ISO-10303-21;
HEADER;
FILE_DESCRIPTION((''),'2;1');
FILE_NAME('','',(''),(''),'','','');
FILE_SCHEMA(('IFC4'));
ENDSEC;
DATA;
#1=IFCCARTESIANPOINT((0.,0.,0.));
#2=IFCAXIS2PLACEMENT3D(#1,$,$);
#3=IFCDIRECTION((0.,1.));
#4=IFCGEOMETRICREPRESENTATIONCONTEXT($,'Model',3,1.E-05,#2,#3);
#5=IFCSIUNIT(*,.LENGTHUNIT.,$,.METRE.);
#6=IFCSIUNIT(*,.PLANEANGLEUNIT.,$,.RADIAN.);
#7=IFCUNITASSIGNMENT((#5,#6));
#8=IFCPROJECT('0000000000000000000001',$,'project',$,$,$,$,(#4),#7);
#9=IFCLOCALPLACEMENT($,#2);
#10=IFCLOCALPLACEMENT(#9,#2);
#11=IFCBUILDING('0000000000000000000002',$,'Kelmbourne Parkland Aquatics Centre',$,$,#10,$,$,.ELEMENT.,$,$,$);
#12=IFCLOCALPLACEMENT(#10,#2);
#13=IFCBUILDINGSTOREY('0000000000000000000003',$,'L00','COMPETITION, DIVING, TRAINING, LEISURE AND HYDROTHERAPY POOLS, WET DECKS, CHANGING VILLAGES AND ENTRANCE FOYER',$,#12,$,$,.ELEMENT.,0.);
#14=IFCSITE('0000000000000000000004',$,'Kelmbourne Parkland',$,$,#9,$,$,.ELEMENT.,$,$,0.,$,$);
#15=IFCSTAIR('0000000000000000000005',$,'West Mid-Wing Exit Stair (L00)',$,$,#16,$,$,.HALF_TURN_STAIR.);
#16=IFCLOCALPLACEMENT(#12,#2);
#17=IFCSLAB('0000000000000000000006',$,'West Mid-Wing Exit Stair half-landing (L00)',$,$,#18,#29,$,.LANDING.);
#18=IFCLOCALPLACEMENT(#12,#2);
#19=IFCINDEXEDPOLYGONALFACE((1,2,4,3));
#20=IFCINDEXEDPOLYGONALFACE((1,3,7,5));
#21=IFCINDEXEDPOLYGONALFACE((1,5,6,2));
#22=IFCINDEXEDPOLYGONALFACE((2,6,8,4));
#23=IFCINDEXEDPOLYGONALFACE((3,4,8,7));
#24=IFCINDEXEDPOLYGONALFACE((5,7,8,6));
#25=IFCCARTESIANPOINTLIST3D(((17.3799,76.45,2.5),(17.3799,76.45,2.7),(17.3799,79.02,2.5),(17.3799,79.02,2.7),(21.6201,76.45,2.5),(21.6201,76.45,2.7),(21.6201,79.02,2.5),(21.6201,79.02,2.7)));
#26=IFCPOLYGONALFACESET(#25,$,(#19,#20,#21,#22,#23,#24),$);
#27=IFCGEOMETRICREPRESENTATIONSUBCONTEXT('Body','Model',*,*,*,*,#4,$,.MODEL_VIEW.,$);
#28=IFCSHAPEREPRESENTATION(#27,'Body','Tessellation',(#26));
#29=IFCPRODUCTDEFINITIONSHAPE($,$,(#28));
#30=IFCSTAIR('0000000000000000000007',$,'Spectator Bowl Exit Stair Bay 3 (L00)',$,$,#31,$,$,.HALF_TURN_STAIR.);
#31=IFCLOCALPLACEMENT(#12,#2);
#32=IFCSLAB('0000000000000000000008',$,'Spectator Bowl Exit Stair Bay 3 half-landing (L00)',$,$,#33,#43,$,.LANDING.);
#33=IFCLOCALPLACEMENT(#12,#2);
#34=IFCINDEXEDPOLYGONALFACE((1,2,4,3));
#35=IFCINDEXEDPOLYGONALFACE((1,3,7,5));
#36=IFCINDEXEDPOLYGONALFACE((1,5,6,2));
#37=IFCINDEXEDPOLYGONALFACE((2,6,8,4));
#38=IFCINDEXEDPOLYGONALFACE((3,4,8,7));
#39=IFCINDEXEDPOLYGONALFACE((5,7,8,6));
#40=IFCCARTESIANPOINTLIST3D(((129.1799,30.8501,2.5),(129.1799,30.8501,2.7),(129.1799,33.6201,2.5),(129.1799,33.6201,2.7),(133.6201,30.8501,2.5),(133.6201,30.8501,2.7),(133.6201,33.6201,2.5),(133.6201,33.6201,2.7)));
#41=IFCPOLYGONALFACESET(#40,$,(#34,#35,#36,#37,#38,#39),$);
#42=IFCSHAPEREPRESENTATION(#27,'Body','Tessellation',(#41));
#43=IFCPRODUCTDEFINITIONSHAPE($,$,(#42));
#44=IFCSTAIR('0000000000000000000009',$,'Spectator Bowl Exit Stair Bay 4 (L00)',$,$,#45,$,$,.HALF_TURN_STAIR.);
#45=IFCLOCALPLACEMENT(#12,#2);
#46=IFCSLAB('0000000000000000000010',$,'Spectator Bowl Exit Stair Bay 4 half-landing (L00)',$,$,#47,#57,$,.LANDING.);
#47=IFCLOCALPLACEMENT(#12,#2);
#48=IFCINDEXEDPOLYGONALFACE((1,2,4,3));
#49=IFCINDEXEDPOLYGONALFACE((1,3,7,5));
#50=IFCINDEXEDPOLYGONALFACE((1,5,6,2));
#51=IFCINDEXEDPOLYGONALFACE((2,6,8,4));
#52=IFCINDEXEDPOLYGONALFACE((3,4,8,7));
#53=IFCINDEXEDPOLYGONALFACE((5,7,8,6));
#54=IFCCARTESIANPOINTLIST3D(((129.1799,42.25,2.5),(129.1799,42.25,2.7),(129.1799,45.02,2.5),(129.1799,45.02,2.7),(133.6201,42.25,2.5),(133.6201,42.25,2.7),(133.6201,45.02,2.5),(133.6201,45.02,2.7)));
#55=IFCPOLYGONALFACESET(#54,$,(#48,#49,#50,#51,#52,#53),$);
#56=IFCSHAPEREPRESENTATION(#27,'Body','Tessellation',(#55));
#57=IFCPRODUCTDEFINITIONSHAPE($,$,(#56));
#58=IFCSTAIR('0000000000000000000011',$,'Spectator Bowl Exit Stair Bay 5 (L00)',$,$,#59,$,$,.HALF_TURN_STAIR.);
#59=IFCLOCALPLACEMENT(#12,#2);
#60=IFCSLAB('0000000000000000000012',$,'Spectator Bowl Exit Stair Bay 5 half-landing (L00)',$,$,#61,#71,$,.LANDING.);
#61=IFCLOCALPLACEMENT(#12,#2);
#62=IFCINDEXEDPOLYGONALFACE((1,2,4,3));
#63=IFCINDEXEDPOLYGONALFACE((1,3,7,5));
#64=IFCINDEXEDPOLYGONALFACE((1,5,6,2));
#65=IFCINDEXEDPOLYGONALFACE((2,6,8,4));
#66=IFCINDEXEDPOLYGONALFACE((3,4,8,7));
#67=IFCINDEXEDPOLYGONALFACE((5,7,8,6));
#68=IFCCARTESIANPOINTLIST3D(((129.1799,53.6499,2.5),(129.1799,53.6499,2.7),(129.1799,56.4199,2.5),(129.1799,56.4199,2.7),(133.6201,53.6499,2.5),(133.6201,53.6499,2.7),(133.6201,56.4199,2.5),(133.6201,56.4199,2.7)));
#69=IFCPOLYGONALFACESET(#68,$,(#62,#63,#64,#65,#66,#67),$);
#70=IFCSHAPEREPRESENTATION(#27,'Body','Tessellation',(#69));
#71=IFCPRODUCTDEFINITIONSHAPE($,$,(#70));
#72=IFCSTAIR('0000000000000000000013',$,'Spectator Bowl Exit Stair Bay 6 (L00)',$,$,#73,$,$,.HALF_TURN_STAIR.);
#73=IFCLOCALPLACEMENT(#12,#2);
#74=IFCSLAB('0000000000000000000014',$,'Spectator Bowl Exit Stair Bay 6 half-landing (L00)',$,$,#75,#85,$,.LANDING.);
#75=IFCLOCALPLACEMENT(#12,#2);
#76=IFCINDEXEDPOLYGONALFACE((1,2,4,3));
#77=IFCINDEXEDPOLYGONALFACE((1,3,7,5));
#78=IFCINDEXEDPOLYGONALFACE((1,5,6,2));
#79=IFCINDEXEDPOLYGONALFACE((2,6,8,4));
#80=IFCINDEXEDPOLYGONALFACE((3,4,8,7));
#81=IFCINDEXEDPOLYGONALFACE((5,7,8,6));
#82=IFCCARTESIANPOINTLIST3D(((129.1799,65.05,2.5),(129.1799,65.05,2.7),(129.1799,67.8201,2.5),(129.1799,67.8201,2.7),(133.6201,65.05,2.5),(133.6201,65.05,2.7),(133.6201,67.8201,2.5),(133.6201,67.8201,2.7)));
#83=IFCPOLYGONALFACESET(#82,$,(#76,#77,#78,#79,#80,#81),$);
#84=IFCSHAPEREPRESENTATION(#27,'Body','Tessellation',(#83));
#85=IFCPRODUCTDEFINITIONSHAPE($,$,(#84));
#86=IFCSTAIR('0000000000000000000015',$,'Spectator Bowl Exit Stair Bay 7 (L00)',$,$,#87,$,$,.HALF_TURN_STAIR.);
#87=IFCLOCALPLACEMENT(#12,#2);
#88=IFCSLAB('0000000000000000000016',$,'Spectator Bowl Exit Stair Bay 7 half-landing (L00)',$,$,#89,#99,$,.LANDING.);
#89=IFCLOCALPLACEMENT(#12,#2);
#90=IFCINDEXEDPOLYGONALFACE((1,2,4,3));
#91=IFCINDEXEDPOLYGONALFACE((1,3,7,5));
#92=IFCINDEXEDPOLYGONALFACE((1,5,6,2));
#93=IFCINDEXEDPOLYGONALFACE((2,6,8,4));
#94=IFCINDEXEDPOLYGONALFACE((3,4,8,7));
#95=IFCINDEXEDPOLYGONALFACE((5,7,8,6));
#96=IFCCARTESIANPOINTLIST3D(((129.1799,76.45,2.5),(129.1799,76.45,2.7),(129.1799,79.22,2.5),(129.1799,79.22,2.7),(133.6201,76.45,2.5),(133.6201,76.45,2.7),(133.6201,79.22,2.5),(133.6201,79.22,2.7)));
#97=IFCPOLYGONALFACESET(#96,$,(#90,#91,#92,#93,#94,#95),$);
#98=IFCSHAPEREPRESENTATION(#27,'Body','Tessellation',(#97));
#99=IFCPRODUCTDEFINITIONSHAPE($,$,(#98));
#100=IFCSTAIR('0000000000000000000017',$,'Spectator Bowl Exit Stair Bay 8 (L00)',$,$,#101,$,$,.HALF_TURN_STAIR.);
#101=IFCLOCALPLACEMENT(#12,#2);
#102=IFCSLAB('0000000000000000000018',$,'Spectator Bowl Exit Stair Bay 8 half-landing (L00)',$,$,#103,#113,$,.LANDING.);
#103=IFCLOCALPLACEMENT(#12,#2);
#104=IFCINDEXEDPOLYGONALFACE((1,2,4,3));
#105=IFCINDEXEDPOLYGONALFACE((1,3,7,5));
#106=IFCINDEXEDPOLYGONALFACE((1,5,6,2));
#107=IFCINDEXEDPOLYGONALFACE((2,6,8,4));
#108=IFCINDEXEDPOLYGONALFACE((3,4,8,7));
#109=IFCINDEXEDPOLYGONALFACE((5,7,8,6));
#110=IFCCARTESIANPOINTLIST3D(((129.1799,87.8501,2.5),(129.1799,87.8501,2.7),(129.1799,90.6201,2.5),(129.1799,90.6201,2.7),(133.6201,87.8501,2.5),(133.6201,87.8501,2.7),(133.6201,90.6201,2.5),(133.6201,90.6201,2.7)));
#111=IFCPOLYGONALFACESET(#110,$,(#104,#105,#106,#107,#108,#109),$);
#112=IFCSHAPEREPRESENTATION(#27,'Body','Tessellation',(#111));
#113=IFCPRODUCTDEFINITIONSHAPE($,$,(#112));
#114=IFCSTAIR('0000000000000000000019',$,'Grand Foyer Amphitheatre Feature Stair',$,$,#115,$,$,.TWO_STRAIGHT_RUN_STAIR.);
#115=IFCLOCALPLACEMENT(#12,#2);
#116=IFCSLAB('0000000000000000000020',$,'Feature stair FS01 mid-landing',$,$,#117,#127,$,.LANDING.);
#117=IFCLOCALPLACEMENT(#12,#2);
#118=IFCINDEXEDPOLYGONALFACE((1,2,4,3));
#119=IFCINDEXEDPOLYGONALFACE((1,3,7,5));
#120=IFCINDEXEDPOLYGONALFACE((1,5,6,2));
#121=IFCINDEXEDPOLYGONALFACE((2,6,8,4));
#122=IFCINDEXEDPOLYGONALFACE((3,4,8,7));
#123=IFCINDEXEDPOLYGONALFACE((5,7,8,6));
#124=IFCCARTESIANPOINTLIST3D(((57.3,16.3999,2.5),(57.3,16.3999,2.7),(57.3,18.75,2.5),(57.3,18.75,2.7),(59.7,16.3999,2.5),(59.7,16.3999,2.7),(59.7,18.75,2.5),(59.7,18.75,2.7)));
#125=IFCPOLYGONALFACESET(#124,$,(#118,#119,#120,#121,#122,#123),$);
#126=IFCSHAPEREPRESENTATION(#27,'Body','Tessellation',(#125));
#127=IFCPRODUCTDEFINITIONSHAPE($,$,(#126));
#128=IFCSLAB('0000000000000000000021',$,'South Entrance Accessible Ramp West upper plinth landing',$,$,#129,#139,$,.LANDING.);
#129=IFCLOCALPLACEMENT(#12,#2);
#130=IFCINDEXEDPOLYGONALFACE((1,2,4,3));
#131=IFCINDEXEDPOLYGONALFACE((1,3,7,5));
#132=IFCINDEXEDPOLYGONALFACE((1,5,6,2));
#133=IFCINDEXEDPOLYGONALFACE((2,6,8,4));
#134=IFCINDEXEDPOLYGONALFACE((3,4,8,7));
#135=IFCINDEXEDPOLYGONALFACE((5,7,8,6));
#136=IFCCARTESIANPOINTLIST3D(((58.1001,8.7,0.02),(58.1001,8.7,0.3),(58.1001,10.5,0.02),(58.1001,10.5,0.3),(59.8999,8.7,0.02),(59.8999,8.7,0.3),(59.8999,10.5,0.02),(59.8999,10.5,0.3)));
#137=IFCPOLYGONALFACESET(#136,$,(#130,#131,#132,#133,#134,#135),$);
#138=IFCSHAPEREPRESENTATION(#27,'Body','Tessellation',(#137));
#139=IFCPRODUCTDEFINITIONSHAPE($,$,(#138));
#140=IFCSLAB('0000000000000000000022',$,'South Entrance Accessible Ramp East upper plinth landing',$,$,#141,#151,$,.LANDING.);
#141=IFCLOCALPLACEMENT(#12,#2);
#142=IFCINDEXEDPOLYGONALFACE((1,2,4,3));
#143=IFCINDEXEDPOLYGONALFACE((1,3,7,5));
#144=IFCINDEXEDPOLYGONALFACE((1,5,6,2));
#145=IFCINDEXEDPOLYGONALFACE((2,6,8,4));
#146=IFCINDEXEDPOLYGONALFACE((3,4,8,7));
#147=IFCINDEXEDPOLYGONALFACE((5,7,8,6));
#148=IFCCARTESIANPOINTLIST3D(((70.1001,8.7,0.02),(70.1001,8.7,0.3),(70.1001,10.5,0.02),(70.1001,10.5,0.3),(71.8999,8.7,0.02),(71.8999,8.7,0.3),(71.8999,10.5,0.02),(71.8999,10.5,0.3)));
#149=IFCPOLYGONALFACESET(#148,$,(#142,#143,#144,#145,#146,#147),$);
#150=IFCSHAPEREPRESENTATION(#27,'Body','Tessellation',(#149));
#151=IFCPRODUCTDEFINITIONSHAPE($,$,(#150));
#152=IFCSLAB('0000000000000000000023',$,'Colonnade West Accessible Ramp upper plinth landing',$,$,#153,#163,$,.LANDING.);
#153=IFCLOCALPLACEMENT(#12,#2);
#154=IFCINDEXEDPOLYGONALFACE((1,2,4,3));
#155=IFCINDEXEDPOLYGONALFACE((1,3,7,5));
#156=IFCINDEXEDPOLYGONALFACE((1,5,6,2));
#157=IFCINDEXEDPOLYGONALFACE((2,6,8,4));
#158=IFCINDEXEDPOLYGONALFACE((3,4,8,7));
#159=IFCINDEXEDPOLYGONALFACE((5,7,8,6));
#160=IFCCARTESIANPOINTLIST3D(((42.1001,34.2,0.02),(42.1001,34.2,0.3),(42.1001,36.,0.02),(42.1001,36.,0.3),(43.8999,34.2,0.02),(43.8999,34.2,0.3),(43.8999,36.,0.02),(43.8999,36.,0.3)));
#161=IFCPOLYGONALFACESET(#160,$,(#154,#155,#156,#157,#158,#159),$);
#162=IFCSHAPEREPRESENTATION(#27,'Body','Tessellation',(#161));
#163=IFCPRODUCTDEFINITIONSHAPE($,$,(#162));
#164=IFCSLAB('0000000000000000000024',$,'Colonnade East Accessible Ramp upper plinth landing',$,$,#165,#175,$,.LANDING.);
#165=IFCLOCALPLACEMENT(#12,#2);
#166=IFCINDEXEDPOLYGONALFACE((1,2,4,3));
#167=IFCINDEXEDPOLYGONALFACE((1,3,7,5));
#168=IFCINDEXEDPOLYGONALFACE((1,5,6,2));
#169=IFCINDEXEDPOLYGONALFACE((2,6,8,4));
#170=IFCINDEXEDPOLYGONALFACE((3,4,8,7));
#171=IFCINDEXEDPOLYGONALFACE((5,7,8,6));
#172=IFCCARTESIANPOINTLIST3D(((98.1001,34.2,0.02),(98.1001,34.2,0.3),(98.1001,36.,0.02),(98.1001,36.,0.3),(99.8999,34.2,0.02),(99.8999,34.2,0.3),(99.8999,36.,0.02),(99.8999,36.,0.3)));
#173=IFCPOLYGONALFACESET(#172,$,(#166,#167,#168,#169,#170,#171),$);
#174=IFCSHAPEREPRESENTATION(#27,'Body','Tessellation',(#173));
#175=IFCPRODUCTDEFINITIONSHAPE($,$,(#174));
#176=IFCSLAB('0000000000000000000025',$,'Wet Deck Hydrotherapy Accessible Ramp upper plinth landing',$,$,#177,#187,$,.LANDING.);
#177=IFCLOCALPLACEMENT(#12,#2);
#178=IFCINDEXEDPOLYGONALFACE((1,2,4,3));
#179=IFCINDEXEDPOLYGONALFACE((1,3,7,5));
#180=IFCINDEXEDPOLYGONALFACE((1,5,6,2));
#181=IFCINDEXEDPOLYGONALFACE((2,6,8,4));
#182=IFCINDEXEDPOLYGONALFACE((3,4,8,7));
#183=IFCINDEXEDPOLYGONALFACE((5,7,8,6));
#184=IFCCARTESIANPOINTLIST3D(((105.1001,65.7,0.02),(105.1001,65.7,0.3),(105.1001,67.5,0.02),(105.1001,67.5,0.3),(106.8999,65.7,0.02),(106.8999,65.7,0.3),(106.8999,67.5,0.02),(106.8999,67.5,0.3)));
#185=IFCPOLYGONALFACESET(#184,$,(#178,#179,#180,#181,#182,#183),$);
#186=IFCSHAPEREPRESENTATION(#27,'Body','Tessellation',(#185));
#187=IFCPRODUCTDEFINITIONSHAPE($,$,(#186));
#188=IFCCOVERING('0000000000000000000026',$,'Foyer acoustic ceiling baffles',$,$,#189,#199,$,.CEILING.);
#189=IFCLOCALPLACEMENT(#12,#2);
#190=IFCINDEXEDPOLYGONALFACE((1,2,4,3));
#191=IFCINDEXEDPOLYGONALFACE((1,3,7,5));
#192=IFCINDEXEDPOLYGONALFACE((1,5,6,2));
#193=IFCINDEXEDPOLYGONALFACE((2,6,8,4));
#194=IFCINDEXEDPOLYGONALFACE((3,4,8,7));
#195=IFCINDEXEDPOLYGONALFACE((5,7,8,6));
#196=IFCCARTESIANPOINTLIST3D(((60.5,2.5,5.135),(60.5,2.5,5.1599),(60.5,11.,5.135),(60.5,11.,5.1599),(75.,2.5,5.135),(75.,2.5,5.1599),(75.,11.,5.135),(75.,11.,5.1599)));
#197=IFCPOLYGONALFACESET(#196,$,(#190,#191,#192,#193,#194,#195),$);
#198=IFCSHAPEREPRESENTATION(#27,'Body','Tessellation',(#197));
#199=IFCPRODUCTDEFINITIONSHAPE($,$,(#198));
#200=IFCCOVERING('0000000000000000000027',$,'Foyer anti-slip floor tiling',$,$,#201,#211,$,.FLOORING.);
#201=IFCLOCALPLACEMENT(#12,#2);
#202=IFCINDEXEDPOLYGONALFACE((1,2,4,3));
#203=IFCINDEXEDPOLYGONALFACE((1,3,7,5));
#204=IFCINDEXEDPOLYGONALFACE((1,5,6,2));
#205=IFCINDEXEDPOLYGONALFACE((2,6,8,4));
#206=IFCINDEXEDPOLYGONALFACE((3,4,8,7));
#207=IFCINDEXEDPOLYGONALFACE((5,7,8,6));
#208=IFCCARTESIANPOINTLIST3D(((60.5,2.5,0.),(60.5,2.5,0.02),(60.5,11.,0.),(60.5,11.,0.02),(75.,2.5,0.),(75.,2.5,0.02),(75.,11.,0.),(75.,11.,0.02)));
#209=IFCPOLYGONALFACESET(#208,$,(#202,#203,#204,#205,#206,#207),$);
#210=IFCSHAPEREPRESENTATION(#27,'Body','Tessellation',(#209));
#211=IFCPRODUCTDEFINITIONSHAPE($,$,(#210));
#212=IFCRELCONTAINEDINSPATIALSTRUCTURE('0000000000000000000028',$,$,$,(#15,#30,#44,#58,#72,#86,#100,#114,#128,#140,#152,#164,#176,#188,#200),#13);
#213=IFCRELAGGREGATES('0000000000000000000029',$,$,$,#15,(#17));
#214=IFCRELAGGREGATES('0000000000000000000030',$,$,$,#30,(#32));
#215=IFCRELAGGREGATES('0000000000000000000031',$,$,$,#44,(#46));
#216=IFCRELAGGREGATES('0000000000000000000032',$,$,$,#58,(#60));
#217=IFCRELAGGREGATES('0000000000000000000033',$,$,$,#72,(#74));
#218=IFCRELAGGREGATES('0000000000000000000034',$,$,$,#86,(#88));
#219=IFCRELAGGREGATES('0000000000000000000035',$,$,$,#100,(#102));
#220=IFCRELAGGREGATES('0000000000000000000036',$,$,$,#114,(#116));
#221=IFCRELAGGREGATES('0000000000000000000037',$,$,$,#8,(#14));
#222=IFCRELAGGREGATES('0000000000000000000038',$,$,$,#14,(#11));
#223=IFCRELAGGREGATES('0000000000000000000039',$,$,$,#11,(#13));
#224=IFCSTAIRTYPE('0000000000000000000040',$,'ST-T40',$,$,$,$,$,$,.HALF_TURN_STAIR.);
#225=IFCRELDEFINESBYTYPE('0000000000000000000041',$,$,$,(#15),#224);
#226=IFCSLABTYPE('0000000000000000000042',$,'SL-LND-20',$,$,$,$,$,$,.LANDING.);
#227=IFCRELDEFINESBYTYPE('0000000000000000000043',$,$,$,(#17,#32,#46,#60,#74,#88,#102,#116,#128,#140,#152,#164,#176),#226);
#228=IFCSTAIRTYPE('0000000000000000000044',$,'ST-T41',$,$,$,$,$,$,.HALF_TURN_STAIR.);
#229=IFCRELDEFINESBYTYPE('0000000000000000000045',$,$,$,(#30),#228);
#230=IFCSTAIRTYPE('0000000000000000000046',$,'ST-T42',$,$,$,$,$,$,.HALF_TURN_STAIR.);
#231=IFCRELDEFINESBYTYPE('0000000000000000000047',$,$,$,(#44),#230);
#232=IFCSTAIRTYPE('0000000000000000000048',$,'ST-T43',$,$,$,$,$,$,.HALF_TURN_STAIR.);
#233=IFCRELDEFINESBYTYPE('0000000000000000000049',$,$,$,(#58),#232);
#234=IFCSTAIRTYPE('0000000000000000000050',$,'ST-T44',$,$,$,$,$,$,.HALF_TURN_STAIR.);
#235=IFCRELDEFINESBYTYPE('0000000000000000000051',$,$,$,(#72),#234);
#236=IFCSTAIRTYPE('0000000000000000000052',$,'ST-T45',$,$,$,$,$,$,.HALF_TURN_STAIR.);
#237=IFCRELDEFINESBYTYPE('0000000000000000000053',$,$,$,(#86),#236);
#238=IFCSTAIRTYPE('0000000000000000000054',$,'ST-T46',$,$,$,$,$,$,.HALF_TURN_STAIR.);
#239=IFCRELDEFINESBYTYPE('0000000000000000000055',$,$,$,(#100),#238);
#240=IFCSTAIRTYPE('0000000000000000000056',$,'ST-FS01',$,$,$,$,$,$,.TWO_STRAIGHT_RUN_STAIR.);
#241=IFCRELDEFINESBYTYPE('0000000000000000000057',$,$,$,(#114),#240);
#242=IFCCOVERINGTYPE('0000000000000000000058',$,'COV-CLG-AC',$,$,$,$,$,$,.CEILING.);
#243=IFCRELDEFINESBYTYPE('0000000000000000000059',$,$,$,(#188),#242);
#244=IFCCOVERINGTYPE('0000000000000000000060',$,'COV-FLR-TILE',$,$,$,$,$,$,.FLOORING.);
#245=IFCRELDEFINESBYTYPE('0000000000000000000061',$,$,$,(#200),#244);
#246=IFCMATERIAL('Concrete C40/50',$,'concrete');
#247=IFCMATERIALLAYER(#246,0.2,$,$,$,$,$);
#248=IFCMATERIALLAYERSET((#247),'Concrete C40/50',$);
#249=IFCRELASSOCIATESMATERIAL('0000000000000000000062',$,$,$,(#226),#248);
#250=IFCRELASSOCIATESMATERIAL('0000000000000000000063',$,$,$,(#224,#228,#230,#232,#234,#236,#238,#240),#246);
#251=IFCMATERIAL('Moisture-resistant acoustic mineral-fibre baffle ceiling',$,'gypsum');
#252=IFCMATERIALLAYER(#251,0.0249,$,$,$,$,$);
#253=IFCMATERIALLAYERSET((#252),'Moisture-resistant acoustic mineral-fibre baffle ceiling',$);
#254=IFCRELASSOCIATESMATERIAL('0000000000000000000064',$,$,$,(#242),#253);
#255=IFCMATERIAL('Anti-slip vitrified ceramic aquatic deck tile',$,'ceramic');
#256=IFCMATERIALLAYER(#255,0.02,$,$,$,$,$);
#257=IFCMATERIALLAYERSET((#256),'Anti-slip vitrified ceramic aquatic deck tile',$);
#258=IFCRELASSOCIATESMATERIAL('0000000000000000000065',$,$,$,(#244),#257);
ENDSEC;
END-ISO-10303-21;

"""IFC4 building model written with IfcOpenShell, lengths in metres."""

from ifc_helpers import new_model, si_unit, direction, frame, origin, place, context, subcontext, project, spatial, polyline, outline, extrude, material, layer, layer_set, type_object, element, aggregate, save


model = new_model("IFC4")

# Units and contexts
model_context = context("Model", 3, precision=1e-05, world=origin(), true_north=direction((0.0, 1.0)))
body_context = subcontext(model_context, "Body", "Model", "MODEL_VIEW")
ifc_project = project(units=[si_unit("LENGTHUNIT", "METRE"), si_unit("PLANEANGLEUNIT", "RADIAN")], contexts=[model_context])

# Site, building, storey
site_placement = place(None, origin())
site = spatial("IfcSite", under=ifc_project, at=site_placement, Name="Kelmbourne Parkland", CompositionType="ELEMENT", RefElevation=0.0)
building_placement = place(site_placement, origin())
building = spatial("IfcBuilding", under=site, at=building_placement, Name="Kelmbourne Parkland Aquatics Centre", CompositionType="ELEMENT")
storey_placement = place(building_placement, origin())
storey = spatial("IfcBuildingStorey", under=building, at=storey_placement, Name="L00", Description="COMPETITION, DIVING, TRAINING, LEISURE AND HYDROTHERAPY POOLS, WET DECKS, CHANGING VILLAGES AND ENTRANCE FOYER", CompositionType="ELEMENT", Elevation=0.0)

# Shared definitions
ifc_material_1 = material(Name="Concrete C40/50", Category="concrete")

# Stairs, slabs
ifc_layer_1 = layer(ifc_material_1, 0.2)
ifc_layer_set_1 = layer_set([ifc_layer_1], Name="Concrete C40/50")
slab_type_1 = type_object("IfcSlabType", Name="SL-LND-20", PredefinedType="LANDING", material=ifc_layer_set_1)
stair_type_1 = type_object("IfcStairType", Name="ST-T40", PredefinedType="HALF_TURN_STAIR", material=ifc_material_1)
stair_1_placement = place(storey_placement, origin())
stair_1 = element("IfcStair", 1, at=stair_1_placement, inside=storey, type_object=stair_type_1, Name="West Mid-Wing Exit Stair (L00)", PredefinedType="HALF_TURN_STAIR")
slab_1_placement = place(storey_placement, frame((0.0, 0.0, 2.5)))
slab_1 = element("IfcSlab", 2, at=slab_1_placement, type_object=slab_type_1, Name="West Mid-Wing Exit Stair half-landing (L00)", PredefinedType="LANDING", context=body_context, shape_type="SweptSolid", body=[
    extrude(outline(polyline([(17.3799, 76.45), (21.6201, 76.45), (21.6201, 79.02), (17.3799, 79.02), (17.3799, 76.45)])), origin(), (0.0, 0.0, 1.0), 0.2),
])
aggregate(stair_1, [slab_1])
stair_type_2 = type_object("IfcStairType", Name="ST-T41", PredefinedType="HALF_TURN_STAIR", material=ifc_material_1)
stair_2_placement = place(storey_placement, origin())
stair_2 = element("IfcStair", 3, at=stair_2_placement, inside=storey, type_object=stair_type_2, Name="Spectator Bowl Exit Stair Bay 3 (L00)", PredefinedType="HALF_TURN_STAIR")
slab_2_placement = place(storey_placement, frame((0.0, 0.0, 2.5)))
slab_2 = element("IfcSlab", 4, at=slab_2_placement, type_object=slab_type_1, Name="Spectator Bowl Exit Stair Bay 3 half-landing (L00)", PredefinedType="LANDING", context=body_context, shape_type="SweptSolid", body=[
    extrude(outline(polyline([(129.1799, 30.8501), (133.6201, 30.8501), (133.6201, 33.6201), (129.1799, 33.6201), (129.1799, 30.8501)])), origin(), (0.0, 0.0, 1.0), 0.2),
])
aggregate(stair_2, [slab_2])
stair_type_3 = type_object("IfcStairType", Name="ST-T42", PredefinedType="HALF_TURN_STAIR", material=ifc_material_1)
stair_3_placement = place(storey_placement, origin())
stair_3 = element("IfcStair", 5, at=stair_3_placement, inside=storey, type_object=stair_type_3, Name="Spectator Bowl Exit Stair Bay 4 (L00)", PredefinedType="HALF_TURN_STAIR")
slab_3_placement = place(storey_placement, frame((0.0, 0.0, 2.5)))
slab_3 = element("IfcSlab", 6, at=slab_3_placement, type_object=slab_type_1, Name="Spectator Bowl Exit Stair Bay 4 half-landing (L00)", PredefinedType="LANDING", context=body_context, shape_type="SweptSolid", body=[
    extrude(outline(polyline([(129.1799, 42.25), (133.6201, 42.25), (133.6201, 45.02), (129.1799, 45.02), (129.1799, 42.25)])), origin(), (0.0, 0.0, 1.0), 0.2),
])
aggregate(stair_3, [slab_3])
stair_type_4 = type_object("IfcStairType", Name="ST-T43", PredefinedType="HALF_TURN_STAIR", material=ifc_material_1)
stair_4_placement = place(storey_placement, origin())
stair_4 = element("IfcStair", 7, at=stair_4_placement, inside=storey, type_object=stair_type_4, Name="Spectator Bowl Exit Stair Bay 5 (L00)", PredefinedType="HALF_TURN_STAIR")
slab_4_placement = place(storey_placement, frame((0.0, 0.0, 2.5)))
slab_4 = element("IfcSlab", 8, at=slab_4_placement, type_object=slab_type_1, Name="Spectator Bowl Exit Stair Bay 5 half-landing (L00)", PredefinedType="LANDING", context=body_context, shape_type="SweptSolid", body=[
    extrude(outline(polyline([(129.1799, 53.6499), (133.6201, 53.6499), (133.6201, 56.4199), (129.1799, 56.4199), (129.1799, 53.6499)])), origin(), (0.0, 0.0, 1.0), 0.2),
])
aggregate(stair_4, [slab_4])
stair_type_5 = type_object("IfcStairType", Name="ST-T44", PredefinedType="HALF_TURN_STAIR", material=ifc_material_1)
stair_5_placement = place(storey_placement, origin())
stair_5 = element("IfcStair", 9, at=stair_5_placement, inside=storey, type_object=stair_type_5, Name="Spectator Bowl Exit Stair Bay 6 (L00)", PredefinedType="HALF_TURN_STAIR")
slab_5_placement = place(storey_placement, frame((0.0, 0.0, 2.5)))
slab_5 = element("IfcSlab", 10, at=slab_5_placement, type_object=slab_type_1, Name="Spectator Bowl Exit Stair Bay 6 half-landing (L00)", PredefinedType="LANDING", context=body_context, shape_type="SweptSolid", body=[
    extrude(outline(polyline([(129.1799, 65.05), (133.6201, 65.05), (133.6201, 67.8201), (129.1799, 67.8201), (129.1799, 65.05)])), origin(), (0.0, 0.0, 1.0), 0.2),
])
aggregate(stair_5, [slab_5])
stair_type_6 = type_object("IfcStairType", Name="ST-T45", PredefinedType="HALF_TURN_STAIR", material=ifc_material_1)
stair_6_placement = place(storey_placement, origin())
stair_6 = element("IfcStair", 11, at=stair_6_placement, inside=storey, type_object=stair_type_6, Name="Spectator Bowl Exit Stair Bay 7 (L00)", PredefinedType="HALF_TURN_STAIR")
slab_6_placement = place(storey_placement, frame((0.0, 0.0, 2.5)))
slab_6 = element("IfcSlab", 12, at=slab_6_placement, type_object=slab_type_1, Name="Spectator Bowl Exit Stair Bay 7 half-landing (L00)", PredefinedType="LANDING", context=body_context, shape_type="SweptSolid", body=[
    extrude(outline(polyline([(129.1799, 76.45), (133.6201, 76.45), (133.6201, 79.22), (129.1799, 79.22), (129.1799, 76.45)])), origin(), (0.0, 0.0, 1.0), 0.2),
])
aggregate(stair_6, [slab_6])
stair_type_7 = type_object("IfcStairType", Name="ST-T46", PredefinedType="HALF_TURN_STAIR", material=ifc_material_1)
stair_7_placement = place(storey_placement, origin())
stair_7 = element("IfcStair", 13, at=stair_7_placement, inside=storey, type_object=stair_type_7, Name="Spectator Bowl Exit Stair Bay 8 (L00)", PredefinedType="HALF_TURN_STAIR")
slab_7_placement = place(storey_placement, frame((0.0, 0.0, 2.5)))
slab_7 = element("IfcSlab", 14, at=slab_7_placement, type_object=slab_type_1, Name="Spectator Bowl Exit Stair Bay 8 half-landing (L00)", PredefinedType="LANDING", context=body_context, shape_type="SweptSolid", body=[
    extrude(outline(polyline([(129.1799, 87.8501), (133.6201, 87.8501), (133.6201, 90.6201), (129.1799, 90.6201), (129.1799, 87.8501)])), origin(), (0.0, 0.0, 1.0), 0.2),
])
aggregate(stair_7, [slab_7])
stair_type_8 = type_object("IfcStairType", Name="ST-FS01", PredefinedType="TWO_STRAIGHT_RUN_STAIR", material=ifc_material_1)
stair_8_placement = place(storey_placement, origin())
stair_8 = element("IfcStair", 15, at=stair_8_placement, inside=storey, type_object=stair_type_8, Name="Grand Foyer Amphitheatre Feature Stair", PredefinedType="TWO_STRAIGHT_RUN_STAIR")
slab_8_placement = place(storey_placement, frame((0.0, 0.0, 2.5)))
slab_8 = element("IfcSlab", 16, at=slab_8_placement, type_object=slab_type_1, Name="Feature stair FS01 mid-landing", PredefinedType="LANDING", context=body_context, shape_type="SweptSolid", body=[
    extrude(outline(polyline([(57.3, 16.3999), (59.7, 16.3999), (59.7, 18.75), (57.3, 18.75), (57.3, 16.3999)])), origin(), (0.0, 0.0, 1.0), 0.2),
])
aggregate(stair_8, [slab_8])

# Slabs
slab_9_placement = place(storey_placement, frame((0.0, 0.0, 0.02)))
element("IfcSlab", 17, at=slab_9_placement, inside=storey, type_object=slab_type_1, Name="South Entrance Accessible Ramp West upper plinth landing", PredefinedType="LANDING", context=body_context, shape_type="SweptSolid", body=[
    extrude(outline(polyline([(58.1001, 8.7), (59.8999, 8.7), (59.8999, 10.5), (58.1001, 10.5), (58.1001, 8.7)])), origin(), (0.0, 0.0, 1.0), 0.28),
])
slab_10_placement = place(storey_placement, frame((0.0, 0.0, 0.02)))
element("IfcSlab", 18, at=slab_10_placement, inside=storey, type_object=slab_type_1, Name="South Entrance Accessible Ramp East upper plinth landing", PredefinedType="LANDING", context=body_context, shape_type="SweptSolid", body=[
    extrude(outline(polyline([(70.1001, 8.7), (71.8999, 8.7), (71.8999, 10.5), (70.1001, 10.5), (70.1001, 8.7)])), origin(), (0.0, 0.0, 1.0), 0.28),
])
slab_11_placement = place(storey_placement, frame((0.0, 0.0, 0.02)))
element("IfcSlab", 19, at=slab_11_placement, inside=storey, type_object=slab_type_1, Name="Colonnade West Accessible Ramp upper plinth landing", PredefinedType="LANDING", context=body_context, shape_type="SweptSolid", body=[
    extrude(outline(polyline([(42.1001, 34.2), (43.8999, 34.2), (43.8999, 36.0), (42.1001, 36.0), (42.1001, 34.2)])), origin(), (0.0, 0.0, 1.0), 0.28),
])
slab_12_placement = place(storey_placement, frame((0.0, 0.0, 0.02)))
element("IfcSlab", 20, at=slab_12_placement, inside=storey, type_object=slab_type_1, Name="Colonnade East Accessible Ramp upper plinth landing", PredefinedType="LANDING", context=body_context, shape_type="SweptSolid", body=[
    extrude(outline(polyline([(98.1001, 34.2), (99.8999, 34.2), (99.8999, 36.0), (98.1001, 36.0), (98.1001, 34.2)])), origin(), (0.0, 0.0, 1.0), 0.28),
])
slab_13_placement = place(storey_placement, frame((0.0, 0.0, 0.02)))
element("IfcSlab", 21, at=slab_13_placement, inside=storey, type_object=slab_type_1, Name="Wet Deck Hydrotherapy Accessible Ramp upper plinth landing", PredefinedType="LANDING", context=body_context, shape_type="SweptSolid", body=[
    extrude(outline(polyline([(105.1001, 65.7), (106.8999, 65.7), (106.8999, 67.5), (105.1001, 67.5), (105.1001, 65.7)])), origin(), (0.0, 0.0, 1.0), 0.28),
])

# Coverings
ifc_material_2 = material(Name="Moisture-resistant acoustic mineral-fibre baffle ceiling", Category="gypsum")
ifc_layer_2 = layer(ifc_material_2, 0.0249)
ifc_layer_set_2 = layer_set([ifc_layer_2], Name="Moisture-resistant acoustic mineral-fibre baffle ceiling")
covering_type_1 = type_object("IfcCoveringType", Name="COV-CLG-AC", PredefinedType="CEILING", material=ifc_layer_set_2)
covering_1_placement = place(storey_placement, frame((0.0, 0.0, 5.135)))
element("IfcCovering", 22, at=covering_1_placement, inside=storey, type_object=covering_type_1, Name="Foyer acoustic ceiling baffles", PredefinedType="CEILING", context=body_context, shape_type="SweptSolid", body=[
    extrude(outline(polyline([(60.5, 2.5), (75.0, 2.5), (75.0, 11.0), (60.5, 11.0), (60.5, 2.5)])), origin(), (0.0, 0.0, 1.0), 0.0249),
])
ifc_material_3 = material(Name="Anti-slip vitrified ceramic aquatic deck tile", Category="ceramic")
ifc_layer_3 = layer(ifc_material_3, 0.02)
ifc_layer_set_3 = layer_set([ifc_layer_3], Name="Anti-slip vitrified ceramic aquatic deck tile")
covering_type_2 = type_object("IfcCoveringType", Name="COV-FLR-TILE", PredefinedType="FLOORING", material=ifc_layer_set_3)
covering_2_placement = place(storey_placement, origin())
element("IfcCovering", 23, at=covering_2_placement, inside=storey, type_object=covering_type_2, Name="Foyer anti-slip floor tiling", PredefinedType="FLOORING", context=body_context, shape_type="SweptSolid", body=[
    extrude(outline(polyline([(60.5, 2.5), (75.0, 2.5), (75.0, 11.0), (60.5, 11.0), (60.5, 2.5)])), origin(), (0.0, 0.0, 1.0), 0.02),
])

save(model, "model.ifc")
